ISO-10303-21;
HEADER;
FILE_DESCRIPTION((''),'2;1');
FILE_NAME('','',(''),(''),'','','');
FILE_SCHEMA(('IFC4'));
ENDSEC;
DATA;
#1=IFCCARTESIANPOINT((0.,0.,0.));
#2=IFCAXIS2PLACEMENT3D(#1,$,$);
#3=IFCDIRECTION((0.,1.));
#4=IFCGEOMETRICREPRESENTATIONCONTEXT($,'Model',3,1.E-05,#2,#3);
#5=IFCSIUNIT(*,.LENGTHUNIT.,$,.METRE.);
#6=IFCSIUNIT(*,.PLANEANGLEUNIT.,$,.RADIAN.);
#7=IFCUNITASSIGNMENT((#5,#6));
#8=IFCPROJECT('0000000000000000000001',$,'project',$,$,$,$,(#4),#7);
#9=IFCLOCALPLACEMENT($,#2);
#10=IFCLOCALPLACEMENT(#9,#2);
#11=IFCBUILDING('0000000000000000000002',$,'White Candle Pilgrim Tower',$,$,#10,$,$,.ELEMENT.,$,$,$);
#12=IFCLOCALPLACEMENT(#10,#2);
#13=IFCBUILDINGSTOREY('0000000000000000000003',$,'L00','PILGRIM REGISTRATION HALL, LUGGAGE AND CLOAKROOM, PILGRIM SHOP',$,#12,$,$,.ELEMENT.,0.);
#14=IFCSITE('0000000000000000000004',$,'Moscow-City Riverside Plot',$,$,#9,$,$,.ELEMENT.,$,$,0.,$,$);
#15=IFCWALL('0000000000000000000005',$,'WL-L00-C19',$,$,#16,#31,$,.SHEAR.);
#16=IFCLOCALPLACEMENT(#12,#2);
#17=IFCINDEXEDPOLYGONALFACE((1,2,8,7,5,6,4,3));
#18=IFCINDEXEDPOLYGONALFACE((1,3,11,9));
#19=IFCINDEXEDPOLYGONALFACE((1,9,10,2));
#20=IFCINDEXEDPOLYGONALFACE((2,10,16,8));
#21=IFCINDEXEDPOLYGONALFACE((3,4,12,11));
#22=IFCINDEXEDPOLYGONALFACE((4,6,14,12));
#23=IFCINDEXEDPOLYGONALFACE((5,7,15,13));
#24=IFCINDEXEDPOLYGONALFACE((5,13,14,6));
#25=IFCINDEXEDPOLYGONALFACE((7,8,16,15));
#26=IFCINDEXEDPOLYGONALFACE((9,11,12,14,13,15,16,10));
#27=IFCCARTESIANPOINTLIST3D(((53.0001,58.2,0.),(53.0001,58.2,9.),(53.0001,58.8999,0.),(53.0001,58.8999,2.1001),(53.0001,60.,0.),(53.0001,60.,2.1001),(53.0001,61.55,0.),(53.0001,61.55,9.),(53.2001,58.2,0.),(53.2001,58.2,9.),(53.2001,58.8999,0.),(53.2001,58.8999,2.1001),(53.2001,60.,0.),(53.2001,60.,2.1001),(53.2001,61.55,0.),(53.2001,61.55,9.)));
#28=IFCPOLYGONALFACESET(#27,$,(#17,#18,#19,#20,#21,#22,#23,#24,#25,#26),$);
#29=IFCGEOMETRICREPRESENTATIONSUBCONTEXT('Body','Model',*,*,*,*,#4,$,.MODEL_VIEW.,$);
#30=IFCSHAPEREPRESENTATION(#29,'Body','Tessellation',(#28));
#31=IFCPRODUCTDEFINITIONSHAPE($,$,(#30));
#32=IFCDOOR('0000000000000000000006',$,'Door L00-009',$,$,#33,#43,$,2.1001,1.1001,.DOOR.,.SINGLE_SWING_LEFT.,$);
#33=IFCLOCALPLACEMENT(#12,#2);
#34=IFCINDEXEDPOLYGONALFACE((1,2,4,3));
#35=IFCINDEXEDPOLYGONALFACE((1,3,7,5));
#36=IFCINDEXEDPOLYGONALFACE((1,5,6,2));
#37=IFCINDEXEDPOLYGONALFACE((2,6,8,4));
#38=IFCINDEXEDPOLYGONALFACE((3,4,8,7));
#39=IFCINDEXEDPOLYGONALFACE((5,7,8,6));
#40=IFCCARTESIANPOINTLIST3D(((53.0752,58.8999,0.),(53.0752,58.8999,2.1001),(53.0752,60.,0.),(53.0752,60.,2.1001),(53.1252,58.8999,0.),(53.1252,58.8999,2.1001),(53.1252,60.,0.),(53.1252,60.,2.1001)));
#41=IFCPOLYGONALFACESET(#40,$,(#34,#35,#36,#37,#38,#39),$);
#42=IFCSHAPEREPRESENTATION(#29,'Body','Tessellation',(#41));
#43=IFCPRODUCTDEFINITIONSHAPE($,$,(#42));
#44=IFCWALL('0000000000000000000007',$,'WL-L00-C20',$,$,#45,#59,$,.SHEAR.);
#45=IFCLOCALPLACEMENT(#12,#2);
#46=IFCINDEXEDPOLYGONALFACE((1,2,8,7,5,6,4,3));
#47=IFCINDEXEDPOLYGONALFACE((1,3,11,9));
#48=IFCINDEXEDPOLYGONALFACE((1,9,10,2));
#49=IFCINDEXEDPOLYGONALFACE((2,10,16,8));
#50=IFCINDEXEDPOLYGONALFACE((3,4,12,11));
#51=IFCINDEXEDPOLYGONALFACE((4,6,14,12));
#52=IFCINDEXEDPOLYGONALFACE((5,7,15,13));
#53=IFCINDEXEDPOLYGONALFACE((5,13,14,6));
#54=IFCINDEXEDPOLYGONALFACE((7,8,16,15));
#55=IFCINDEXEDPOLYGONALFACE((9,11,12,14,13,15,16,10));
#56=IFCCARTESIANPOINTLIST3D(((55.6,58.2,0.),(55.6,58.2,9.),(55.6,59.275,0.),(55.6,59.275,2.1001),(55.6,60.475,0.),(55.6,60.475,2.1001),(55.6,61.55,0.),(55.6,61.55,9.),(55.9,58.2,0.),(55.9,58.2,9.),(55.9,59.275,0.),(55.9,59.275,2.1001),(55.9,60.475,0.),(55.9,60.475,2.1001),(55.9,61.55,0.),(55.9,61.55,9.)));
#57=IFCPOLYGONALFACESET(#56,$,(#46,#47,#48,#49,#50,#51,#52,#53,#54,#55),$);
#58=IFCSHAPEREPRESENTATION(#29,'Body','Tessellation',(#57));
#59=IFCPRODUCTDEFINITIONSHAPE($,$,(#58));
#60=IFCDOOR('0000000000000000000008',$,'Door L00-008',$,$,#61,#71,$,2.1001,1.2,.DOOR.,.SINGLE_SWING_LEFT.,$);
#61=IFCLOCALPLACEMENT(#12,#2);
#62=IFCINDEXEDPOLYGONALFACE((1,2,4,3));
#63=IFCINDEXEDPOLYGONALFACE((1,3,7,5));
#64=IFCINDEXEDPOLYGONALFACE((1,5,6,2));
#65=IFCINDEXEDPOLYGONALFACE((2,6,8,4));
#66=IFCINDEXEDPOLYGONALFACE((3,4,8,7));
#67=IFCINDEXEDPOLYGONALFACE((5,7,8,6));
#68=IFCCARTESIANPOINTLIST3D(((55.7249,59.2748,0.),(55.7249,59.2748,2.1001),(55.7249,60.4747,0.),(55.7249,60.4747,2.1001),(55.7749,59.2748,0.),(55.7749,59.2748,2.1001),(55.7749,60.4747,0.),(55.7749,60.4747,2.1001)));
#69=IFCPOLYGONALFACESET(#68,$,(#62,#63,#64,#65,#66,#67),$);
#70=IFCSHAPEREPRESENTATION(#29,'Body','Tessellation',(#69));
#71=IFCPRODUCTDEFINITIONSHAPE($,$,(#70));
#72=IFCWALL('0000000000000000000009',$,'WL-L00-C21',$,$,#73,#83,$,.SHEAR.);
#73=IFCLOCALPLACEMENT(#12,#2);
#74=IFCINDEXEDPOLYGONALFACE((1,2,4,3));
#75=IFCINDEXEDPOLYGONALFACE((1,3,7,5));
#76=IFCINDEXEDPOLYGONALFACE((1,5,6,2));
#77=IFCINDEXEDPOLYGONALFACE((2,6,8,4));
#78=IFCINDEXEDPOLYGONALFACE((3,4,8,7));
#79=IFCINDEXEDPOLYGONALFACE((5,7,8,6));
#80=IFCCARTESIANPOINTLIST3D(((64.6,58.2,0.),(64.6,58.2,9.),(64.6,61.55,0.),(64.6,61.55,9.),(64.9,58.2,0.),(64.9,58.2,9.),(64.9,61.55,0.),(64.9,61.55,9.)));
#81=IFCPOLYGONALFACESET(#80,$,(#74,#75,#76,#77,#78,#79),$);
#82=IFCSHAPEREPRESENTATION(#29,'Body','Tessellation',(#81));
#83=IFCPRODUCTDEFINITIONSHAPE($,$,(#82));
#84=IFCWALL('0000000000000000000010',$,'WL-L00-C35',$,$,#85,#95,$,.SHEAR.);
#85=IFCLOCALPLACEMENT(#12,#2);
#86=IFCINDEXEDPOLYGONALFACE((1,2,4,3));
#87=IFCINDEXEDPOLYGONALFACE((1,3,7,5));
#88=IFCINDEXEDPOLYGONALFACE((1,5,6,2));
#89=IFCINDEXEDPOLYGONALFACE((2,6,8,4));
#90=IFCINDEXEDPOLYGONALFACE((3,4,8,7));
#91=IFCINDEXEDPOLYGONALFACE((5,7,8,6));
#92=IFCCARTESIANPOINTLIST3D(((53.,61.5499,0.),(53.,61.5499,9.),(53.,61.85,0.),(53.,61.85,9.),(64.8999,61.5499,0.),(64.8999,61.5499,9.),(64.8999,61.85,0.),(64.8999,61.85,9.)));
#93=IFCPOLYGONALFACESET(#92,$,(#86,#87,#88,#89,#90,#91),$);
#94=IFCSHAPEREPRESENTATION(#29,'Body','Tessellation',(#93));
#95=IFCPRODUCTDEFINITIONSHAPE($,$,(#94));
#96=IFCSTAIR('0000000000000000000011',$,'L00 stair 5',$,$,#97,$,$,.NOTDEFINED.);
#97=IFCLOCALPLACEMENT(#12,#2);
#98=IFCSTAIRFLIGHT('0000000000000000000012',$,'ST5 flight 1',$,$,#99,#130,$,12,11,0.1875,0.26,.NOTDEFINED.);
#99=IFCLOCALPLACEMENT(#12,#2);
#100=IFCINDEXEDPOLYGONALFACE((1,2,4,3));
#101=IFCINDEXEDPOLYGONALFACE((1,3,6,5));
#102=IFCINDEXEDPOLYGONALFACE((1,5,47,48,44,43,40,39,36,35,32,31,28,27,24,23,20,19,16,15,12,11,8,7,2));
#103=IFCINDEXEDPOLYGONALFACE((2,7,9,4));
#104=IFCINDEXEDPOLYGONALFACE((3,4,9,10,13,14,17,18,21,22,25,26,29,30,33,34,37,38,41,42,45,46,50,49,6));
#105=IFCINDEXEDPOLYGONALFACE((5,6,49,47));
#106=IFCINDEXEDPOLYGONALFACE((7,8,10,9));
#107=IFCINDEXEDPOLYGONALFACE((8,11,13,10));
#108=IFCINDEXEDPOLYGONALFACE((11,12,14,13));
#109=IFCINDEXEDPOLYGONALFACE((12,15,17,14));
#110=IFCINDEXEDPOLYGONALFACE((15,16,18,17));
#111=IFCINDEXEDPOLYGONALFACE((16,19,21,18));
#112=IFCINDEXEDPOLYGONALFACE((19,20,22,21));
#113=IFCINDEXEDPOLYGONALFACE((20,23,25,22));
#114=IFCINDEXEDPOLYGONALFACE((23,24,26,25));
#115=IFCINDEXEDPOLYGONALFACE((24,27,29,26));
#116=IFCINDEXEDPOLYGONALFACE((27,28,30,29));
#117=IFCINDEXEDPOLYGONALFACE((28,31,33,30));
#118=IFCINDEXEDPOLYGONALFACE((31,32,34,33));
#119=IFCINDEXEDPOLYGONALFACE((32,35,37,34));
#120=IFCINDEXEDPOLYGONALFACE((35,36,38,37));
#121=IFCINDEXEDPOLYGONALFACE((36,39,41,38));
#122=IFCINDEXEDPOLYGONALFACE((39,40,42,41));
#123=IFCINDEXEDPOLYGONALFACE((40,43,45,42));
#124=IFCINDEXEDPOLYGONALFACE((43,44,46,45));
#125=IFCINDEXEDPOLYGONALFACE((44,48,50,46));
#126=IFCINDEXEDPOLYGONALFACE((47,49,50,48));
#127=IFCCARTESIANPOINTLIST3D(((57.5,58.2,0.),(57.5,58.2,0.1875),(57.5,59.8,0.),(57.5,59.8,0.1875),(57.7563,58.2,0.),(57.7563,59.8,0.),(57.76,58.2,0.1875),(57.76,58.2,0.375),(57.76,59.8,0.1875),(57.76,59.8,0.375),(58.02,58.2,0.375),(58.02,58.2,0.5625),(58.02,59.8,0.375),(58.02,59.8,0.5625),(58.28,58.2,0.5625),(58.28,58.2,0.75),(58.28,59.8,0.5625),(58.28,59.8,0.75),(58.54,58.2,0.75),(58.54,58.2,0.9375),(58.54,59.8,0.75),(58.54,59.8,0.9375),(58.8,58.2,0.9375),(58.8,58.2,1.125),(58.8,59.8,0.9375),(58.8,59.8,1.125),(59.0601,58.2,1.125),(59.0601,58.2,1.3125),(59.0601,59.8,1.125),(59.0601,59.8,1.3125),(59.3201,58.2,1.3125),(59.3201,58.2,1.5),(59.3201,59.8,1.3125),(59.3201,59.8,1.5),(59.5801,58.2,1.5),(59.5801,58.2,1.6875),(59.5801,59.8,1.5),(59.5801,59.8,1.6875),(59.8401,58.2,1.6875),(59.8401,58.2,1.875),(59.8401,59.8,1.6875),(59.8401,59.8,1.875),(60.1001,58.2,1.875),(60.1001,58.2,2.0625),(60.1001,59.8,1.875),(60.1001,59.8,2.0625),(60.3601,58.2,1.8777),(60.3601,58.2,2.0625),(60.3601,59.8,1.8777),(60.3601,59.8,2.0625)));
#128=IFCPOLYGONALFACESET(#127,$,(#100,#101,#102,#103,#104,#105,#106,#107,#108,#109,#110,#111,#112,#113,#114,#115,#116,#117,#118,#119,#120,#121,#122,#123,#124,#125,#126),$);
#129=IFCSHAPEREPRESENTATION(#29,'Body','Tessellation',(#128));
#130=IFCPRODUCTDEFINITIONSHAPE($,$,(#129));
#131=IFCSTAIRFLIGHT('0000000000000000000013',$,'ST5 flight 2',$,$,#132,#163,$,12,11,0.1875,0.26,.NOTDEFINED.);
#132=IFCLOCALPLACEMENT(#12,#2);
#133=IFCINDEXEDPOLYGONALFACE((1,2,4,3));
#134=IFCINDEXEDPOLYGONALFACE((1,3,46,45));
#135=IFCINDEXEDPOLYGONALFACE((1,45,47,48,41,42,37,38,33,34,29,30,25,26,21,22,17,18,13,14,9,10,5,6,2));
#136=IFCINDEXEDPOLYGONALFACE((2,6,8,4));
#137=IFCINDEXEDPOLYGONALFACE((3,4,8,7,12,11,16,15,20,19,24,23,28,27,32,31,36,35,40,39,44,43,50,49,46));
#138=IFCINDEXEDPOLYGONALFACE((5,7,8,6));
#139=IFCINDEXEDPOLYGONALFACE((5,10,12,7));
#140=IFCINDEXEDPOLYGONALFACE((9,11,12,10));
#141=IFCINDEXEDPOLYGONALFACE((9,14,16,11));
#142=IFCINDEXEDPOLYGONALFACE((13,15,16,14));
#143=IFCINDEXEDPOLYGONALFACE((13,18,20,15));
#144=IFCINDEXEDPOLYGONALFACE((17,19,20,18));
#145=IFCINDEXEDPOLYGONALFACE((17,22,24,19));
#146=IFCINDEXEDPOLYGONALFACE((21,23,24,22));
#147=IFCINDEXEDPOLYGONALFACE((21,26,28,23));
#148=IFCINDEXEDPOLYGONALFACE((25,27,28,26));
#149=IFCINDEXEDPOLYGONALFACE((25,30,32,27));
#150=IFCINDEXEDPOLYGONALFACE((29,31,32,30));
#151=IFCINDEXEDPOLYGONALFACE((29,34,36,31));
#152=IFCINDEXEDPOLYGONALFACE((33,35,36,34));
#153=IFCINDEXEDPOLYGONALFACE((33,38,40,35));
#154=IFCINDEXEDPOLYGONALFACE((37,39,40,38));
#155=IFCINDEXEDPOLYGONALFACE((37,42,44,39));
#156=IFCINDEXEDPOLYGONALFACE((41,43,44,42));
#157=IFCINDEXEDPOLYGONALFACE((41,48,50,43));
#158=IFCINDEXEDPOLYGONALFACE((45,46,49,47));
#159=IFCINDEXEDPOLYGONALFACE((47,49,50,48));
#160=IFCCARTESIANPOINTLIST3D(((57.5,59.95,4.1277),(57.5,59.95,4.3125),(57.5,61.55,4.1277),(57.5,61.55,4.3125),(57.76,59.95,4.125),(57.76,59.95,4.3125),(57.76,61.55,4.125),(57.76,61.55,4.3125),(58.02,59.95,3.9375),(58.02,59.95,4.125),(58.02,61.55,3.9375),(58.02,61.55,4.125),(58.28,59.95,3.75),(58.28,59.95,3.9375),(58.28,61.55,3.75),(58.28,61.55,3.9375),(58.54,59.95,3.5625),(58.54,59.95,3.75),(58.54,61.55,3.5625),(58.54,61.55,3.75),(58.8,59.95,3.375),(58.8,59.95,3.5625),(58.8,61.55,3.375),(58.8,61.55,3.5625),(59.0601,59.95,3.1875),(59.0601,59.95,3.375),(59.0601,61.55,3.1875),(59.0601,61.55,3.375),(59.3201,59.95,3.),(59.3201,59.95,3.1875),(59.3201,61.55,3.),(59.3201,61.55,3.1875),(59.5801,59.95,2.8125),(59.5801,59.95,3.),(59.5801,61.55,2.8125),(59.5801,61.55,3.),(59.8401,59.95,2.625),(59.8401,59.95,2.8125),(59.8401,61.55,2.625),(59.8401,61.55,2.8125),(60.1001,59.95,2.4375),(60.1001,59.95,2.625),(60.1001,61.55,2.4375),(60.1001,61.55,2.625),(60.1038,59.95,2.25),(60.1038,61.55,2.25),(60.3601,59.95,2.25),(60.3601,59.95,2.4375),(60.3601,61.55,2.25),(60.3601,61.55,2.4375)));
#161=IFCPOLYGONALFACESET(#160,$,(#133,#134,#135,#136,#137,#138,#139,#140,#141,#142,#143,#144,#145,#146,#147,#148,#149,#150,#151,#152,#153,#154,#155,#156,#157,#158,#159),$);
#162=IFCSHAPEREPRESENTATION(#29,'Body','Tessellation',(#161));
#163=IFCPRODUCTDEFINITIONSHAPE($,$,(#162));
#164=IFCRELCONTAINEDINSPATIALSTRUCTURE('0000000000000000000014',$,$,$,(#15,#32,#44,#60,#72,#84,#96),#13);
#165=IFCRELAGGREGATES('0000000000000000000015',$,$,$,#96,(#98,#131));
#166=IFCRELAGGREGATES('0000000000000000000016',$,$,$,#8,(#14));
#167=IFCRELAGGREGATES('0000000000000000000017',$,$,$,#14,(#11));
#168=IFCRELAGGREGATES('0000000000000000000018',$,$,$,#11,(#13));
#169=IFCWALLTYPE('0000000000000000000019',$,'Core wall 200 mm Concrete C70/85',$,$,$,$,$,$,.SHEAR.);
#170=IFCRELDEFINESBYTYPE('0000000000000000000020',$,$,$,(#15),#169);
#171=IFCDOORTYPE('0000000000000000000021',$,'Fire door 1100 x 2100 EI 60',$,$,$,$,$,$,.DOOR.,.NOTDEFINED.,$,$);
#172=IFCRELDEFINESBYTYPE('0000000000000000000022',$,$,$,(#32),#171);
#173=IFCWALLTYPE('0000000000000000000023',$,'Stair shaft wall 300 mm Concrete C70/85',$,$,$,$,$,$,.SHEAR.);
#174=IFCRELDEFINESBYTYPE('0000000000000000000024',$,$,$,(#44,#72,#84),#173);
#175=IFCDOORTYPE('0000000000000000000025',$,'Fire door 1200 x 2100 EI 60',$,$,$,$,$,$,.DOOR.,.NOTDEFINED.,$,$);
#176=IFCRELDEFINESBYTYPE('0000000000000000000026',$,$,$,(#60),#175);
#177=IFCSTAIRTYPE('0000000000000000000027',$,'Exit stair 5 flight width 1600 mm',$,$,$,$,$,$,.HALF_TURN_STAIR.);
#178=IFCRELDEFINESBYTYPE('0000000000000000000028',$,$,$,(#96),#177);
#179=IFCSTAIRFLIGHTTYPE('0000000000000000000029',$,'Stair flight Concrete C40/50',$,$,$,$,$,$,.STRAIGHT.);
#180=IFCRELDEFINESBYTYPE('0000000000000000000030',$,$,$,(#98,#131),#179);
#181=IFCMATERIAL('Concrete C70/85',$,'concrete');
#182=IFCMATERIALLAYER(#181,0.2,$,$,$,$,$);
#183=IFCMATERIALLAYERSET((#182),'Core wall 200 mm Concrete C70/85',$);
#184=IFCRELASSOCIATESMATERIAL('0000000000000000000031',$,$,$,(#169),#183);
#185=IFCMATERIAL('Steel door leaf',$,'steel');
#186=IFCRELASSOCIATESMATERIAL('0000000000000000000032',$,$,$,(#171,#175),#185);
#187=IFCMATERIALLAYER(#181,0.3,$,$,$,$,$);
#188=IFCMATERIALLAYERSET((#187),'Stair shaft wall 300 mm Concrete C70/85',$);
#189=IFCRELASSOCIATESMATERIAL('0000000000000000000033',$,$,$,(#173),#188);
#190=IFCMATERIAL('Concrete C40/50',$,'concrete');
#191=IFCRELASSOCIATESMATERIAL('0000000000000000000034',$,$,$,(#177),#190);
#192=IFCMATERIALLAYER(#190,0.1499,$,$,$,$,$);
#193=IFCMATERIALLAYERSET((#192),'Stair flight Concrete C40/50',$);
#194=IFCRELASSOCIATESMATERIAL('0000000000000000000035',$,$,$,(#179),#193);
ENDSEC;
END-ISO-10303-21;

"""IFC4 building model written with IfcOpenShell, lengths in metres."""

from ifc_helpers import new_model, si_unit, direction, frame, frame_2d, origin, place, context, subcontext, project, spatial, polyline, rectangle, outline, extrude, material, layer, layer_set, type_object, element, fill, aggregate, save


model = new_model("IFC4")

# Units and contexts
model_context = context("Model", 3, precision=1e-05, world=origin(), true_north=direction((0.0, 1.0)))
body_context = subcontext(model_context, "Body", "Model", "MODEL_VIEW")
ifc_project = project(units=[si_unit("LENGTHUNIT", "METRE"), si_unit("PLANEANGLEUNIT", "RADIAN")], contexts=[model_context])

# Site, building, storey
site_placement = place(None, origin())
site = spatial("IfcSite", under=ifc_project, at=site_placement, Name="Moscow-City Riverside Plot", CompositionType="ELEMENT", RefElevation=0.0)
building_placement = place(site_placement, origin())
building = spatial("IfcBuilding", under=site, at=building_placement, Name="White Candle Pilgrim Tower", CompositionType="ELEMENT")
storey_placement = place(building_placement, origin())
storey = spatial("IfcBuildingStorey", under=building, at=storey_placement, Name="L00", Description="PILGRIM REGISTRATION HALL, LUGGAGE AND CLOAKROOM, PILGRIM SHOP", CompositionType="ELEMENT", Elevation=0.0)

# Walls, openings, doors
ifc_material_1 = material(Name="Concrete C70/85", Category="concrete")
ifc_layer_1 = layer(ifc_material_1, 0.2)
ifc_layer_set_1 = layer_set([ifc_layer_1], Name="Core wall 200 mm Concrete C70/85")
wall_type_1 = type_object("IfcWallType", Name="Core wall 200 mm Concrete C70/85", PredefinedType="SHEAR", material=ifc_layer_set_1)
wall_1_placement = place(storey_placement, frame((53.1001, 58.2, 0.0), z_axis=(0.0, 0.0, 1.0), x_axis=(0.0, 1.0, 0.0)))
wall_1 = element("IfcWall", 1, at=wall_1_placement, inside=storey, type_object=wall_type_1, Name="WL-L00-C19", PredefinedType="SHEAR", context=body_context, shape_type="SweptSolid", body=[
    extrude(rectangle(XDim=3.3501, YDim=0.2, at=frame_2d((1.675, 0.0))), origin(), (0.0, 0.0, 1.0), 9.0),
])
opening_1_placement = place(wall_1_placement, frame((0.7, 0.0, 0.0)))
opening_1 = element("IfcOpeningElement", 2, at=opening_1_placement, cuts=wall_1, PredefinedType="OPENING", context=body_context, shape_type="SweptSolid", body=[
    extrude(rectangle(XDim=1.1001, YDim=2.1001, at=frame_2d((0.55, 1.05))), frame((0.0, 0.1099, 0.0), z_axis=(0.0, -1.0, 0.0), x_axis=(1.0, 0.0, 0.0)), (0.0, 0.0, 1.0), 0.22),
])
ifc_material_2 = material(Name="Steel door leaf", Category="steel")
door_type_1 = type_object("IfcDoorType", Name="Fire door 1100 x 2100 EI 60", OperationType="NOTDEFINED", PredefinedType="DOOR", material=ifc_material_2)
door_1_placement = place(opening_1_placement, origin())
door_1 = element("IfcDoor", 3, at=door_1_placement, inside=storey, type_object=door_type_1, Name="Door L00-009", OperationType="SINGLE_SWING_LEFT", OverallHeight=2.1001, OverallWidth=1.1001, PredefinedType="DOOR", context=body_context, shape_type="SweptSolid", body=[
    extrude(rectangle(XDim=1.1001, YDim=2.1001, at=frame_2d((0.55, 1.05))), frame((0.0, 0.0249, 0.0), z_axis=(0.0, -1.0, 0.0), x_axis=(1.0, 0.0, 0.0)), (0.0, 0.0, 1.0), 0.05),
])
fill(opening_1, door_1)
ifc_layer_2 = layer(ifc_material_1, 0.3)
ifc_layer_set_2 = layer_set([ifc_layer_2], Name="Stair shaft wall 300 mm Concrete C70/85")
wall_type_2 = type_object("IfcWallType", Name="Stair shaft wall 300 mm Concrete C70/85", PredefinedType="SHEAR", material=ifc_layer_set_2)
wall_2_placement = place(storey_placement, frame((55.75, 58.2, 0.0), z_axis=(0.0, 0.0, 1.0), x_axis=(0.0, 1.0, 0.0)))
wall_2 = element("IfcWall", 4, at=wall_2_placement, inside=storey, type_object=wall_type_2, Name="WL-L00-C20", PredefinedType="SHEAR", context=body_context, shape_type="SweptSolid", body=[
    extrude(rectangle(XDim=3.3501, YDim=0.3, at=frame_2d((1.675, 0.0))), origin(), (0.0, 0.0, 1.0), 9.0),
])
opening_2_placement = place(wall_2_placement, frame((1.075, 0.0, 0.0)))
opening_2 = element("IfcOpeningElement", 5, at=opening_2_placement, cuts=wall_2, PredefinedType="OPENING", context=body_context, shape_type="SweptSolid", body=[
    extrude(rectangle(XDim=1.2, YDim=2.1001, at=frame_2d((0.6001, 1.05))), frame((0.0, 0.1599, 0.0), z_axis=(0.0, -1.0, 0.0), x_axis=(1.0, 0.0, 0.0)), (0.0, 0.0, 1.0), 0.3201),
])
door_type_2 = type_object("IfcDoorType", Name="Fire door 1200 x 2100 EI 60", OperationType="NOTDEFINED", PredefinedType="DOOR", material=ifc_material_2)
door_2_placement = place(opening_2_placement, frame((1.2, 0.0, 0.0), z_axis=(0.0, 0.0, 1.0), x_axis=(-1.0, 0.0, 0.0)))
door_2 = element("IfcDoor", 6, at=door_2_placement, inside=storey, type_object=door_type_2, Name="Door L00-008", OperationType="SINGLE_SWING_LEFT", OverallHeight=2.1001, OverallWidth=1.2, PredefinedType="DOOR", context=body_context, shape_type="SweptSolid", body=[
    extrude(rectangle(XDim=1.2, YDim=2.1001, at=frame_2d((0.6001, 1.05))), frame((0.0, 0.0249, 0.0), z_axis=(0.0, -1.0, 0.0), x_axis=(1.0, 0.0, 0.0)), (0.0, 0.0, 1.0), 0.05),
])
fill(opening_2, door_2)

# Walls
wall_3_placement = place(storey_placement, frame((64.75, 58.2, 0.0), z_axis=(0.0, 0.0, 1.0), x_axis=(0.0, 1.0, 0.0)))
element("IfcWall", 7, at=wall_3_placement, inside=storey, type_object=wall_type_2, Name="WL-L00-C21", PredefinedType="SHEAR", context=body_context, shape_type="SweptSolid", body=[
    extrude(rectangle(XDim=3.3501, YDim=0.3, at=frame_2d((1.675, 0.0))), origin(), (0.0, 0.0, 1.0), 9.0),
])
wall_4_placement = place(storey_placement, frame((53.0, 61.7, 0.0), z_axis=(0.0, 0.0, 1.0), x_axis=(1.0, 0.0, 0.0)))
element("IfcWall", 8, at=wall_4_placement, inside=storey, type_object=wall_type_2, Name="WL-L00-C35", PredefinedType="SHEAR", context=body_context, shape_type="SweptSolid", body=[
    extrude(rectangle(XDim=11.8999, YDim=0.3, at=frame_2d((5.95, 0.0))), origin(), (0.0, 0.0, 1.0), 9.0),
])

# Stair, stair flights
ifc_material_3 = material(Name="Concrete C40/50", Category="concrete")
stair_type = type_object("IfcStairType", Name="Exit stair 5 flight width 1600 mm", PredefinedType="HALF_TURN_STAIR", material=ifc_material_3)
stair_placement = place(storey_placement, origin())
stair = element("IfcStair", 9, at=stair_placement, inside=storey, type_object=stair_type, Name="L00 stair 5", PredefinedType="NOTDEFINED")
ifc_layer_3 = layer(ifc_material_3, 0.1499)
ifc_layer_set_3 = layer_set([ifc_layer_3], Name="Stair flight Concrete C40/50")
stair_flight_type = type_object("IfcStairFlightType", Name="Stair flight Concrete C40/50", PredefinedType="STRAIGHT", material=ifc_layer_set_3)
stair_flight_1_placement = place(storey_placement, frame((57.5, 59.0, 0.0), z_axis=(0.0, 0.0, 1.0), x_axis=(1.0, 0.0, 0.0)))
stair_flight_1 = element("IfcStairFlight", 10, at=stair_flight_1_placement, type_object=stair_flight_type, Name="ST5 flight 1", NumberOfRisers=12, NumberOfTreads=11, PredefinedType="NOTDEFINED", RiserHeight=0.1875, TreadLength=0.26, context=body_context, shape_type="SweptSolid", body=[
    extrude(outline(polyline([(0.0, 0.0), (0.0, 0.1875), (0.26, 0.1875), (0.26, 0.375), (0.52, 0.375), (0.52, 0.5625), (0.78, 0.5625), (0.78, 0.75), (1.04, 0.75), (1.04, 0.9375), (1.3, 0.9375), (1.3, 1.125), (1.5601, 1.125), (1.5601, 1.3125), (1.8201, 1.3125), (1.8201, 1.5), (2.0801, 1.5), (2.0801, 1.6875), (2.3401, 1.6875), (2.3401, 1.875), (2.6001, 1.875), (2.6001, 2.0625), (2.8601, 2.0625), (2.8601, 2.25), (2.8601, 1.8777), (0.2563, 0.0), (0.0, 0.0)])), frame((0.0, 0.8, 0.0), z_axis=(0.0, -1.0, 0.0), x_axis=(1.0, 0.0, 0.0)), (0.0, 0.0, 1.0), 1.6001),
])
stair_flight_2_placement = place(storey_placement, frame((60.3601, 60.75, 2.25), z_axis=(0.0, 0.0, 1.0), x_axis=(-1.0, 0.0, 0.0)))
stair_flight_2 = element("IfcStairFlight", 11, at=stair_flight_2_placement, type_object=stair_flight_type, Name="ST5 flight 2", NumberOfRisers=12, NumberOfTreads=11, PredefinedType="NOTDEFINED", RiserHeight=0.1875, TreadLength=0.26, context=body_context, shape_type="SweptSolid", body=[
    extrude(outline(polyline([(0.0, 0.0), (0.0, 0.1875), (0.26, 0.1875), (0.26, 0.375), (0.52, 0.375), (0.52, 0.5625), (0.78, 0.5625), (0.78, 0.75), (1.04, 0.75), (1.04, 0.9375), (1.3, 0.9375), (1.3, 1.125), (1.5601, 1.125), (1.5601, 1.3125), (1.8201, 1.3125), (1.8201, 1.5), (2.0801, 1.5), (2.0801, 1.6875), (2.3401, 1.6875), (2.3401, 1.875), (2.6001, 1.875), (2.6001, 2.0625), (2.8601, 2.0625), (2.8601, 2.25), (2.8601, 1.8777), (0.2563, 0.0), (0.0, 0.0)])), frame((0.0, 0.8, 0.0), z_axis=(0.0, -1.0, 0.0), x_axis=(1.0, 0.0, 0.0)), (0.0, 0.0, 1.0), 1.6001),
])
aggregate(stair, [stair_flight_1, stair_flight_2])

save(model, "model.ifc")
